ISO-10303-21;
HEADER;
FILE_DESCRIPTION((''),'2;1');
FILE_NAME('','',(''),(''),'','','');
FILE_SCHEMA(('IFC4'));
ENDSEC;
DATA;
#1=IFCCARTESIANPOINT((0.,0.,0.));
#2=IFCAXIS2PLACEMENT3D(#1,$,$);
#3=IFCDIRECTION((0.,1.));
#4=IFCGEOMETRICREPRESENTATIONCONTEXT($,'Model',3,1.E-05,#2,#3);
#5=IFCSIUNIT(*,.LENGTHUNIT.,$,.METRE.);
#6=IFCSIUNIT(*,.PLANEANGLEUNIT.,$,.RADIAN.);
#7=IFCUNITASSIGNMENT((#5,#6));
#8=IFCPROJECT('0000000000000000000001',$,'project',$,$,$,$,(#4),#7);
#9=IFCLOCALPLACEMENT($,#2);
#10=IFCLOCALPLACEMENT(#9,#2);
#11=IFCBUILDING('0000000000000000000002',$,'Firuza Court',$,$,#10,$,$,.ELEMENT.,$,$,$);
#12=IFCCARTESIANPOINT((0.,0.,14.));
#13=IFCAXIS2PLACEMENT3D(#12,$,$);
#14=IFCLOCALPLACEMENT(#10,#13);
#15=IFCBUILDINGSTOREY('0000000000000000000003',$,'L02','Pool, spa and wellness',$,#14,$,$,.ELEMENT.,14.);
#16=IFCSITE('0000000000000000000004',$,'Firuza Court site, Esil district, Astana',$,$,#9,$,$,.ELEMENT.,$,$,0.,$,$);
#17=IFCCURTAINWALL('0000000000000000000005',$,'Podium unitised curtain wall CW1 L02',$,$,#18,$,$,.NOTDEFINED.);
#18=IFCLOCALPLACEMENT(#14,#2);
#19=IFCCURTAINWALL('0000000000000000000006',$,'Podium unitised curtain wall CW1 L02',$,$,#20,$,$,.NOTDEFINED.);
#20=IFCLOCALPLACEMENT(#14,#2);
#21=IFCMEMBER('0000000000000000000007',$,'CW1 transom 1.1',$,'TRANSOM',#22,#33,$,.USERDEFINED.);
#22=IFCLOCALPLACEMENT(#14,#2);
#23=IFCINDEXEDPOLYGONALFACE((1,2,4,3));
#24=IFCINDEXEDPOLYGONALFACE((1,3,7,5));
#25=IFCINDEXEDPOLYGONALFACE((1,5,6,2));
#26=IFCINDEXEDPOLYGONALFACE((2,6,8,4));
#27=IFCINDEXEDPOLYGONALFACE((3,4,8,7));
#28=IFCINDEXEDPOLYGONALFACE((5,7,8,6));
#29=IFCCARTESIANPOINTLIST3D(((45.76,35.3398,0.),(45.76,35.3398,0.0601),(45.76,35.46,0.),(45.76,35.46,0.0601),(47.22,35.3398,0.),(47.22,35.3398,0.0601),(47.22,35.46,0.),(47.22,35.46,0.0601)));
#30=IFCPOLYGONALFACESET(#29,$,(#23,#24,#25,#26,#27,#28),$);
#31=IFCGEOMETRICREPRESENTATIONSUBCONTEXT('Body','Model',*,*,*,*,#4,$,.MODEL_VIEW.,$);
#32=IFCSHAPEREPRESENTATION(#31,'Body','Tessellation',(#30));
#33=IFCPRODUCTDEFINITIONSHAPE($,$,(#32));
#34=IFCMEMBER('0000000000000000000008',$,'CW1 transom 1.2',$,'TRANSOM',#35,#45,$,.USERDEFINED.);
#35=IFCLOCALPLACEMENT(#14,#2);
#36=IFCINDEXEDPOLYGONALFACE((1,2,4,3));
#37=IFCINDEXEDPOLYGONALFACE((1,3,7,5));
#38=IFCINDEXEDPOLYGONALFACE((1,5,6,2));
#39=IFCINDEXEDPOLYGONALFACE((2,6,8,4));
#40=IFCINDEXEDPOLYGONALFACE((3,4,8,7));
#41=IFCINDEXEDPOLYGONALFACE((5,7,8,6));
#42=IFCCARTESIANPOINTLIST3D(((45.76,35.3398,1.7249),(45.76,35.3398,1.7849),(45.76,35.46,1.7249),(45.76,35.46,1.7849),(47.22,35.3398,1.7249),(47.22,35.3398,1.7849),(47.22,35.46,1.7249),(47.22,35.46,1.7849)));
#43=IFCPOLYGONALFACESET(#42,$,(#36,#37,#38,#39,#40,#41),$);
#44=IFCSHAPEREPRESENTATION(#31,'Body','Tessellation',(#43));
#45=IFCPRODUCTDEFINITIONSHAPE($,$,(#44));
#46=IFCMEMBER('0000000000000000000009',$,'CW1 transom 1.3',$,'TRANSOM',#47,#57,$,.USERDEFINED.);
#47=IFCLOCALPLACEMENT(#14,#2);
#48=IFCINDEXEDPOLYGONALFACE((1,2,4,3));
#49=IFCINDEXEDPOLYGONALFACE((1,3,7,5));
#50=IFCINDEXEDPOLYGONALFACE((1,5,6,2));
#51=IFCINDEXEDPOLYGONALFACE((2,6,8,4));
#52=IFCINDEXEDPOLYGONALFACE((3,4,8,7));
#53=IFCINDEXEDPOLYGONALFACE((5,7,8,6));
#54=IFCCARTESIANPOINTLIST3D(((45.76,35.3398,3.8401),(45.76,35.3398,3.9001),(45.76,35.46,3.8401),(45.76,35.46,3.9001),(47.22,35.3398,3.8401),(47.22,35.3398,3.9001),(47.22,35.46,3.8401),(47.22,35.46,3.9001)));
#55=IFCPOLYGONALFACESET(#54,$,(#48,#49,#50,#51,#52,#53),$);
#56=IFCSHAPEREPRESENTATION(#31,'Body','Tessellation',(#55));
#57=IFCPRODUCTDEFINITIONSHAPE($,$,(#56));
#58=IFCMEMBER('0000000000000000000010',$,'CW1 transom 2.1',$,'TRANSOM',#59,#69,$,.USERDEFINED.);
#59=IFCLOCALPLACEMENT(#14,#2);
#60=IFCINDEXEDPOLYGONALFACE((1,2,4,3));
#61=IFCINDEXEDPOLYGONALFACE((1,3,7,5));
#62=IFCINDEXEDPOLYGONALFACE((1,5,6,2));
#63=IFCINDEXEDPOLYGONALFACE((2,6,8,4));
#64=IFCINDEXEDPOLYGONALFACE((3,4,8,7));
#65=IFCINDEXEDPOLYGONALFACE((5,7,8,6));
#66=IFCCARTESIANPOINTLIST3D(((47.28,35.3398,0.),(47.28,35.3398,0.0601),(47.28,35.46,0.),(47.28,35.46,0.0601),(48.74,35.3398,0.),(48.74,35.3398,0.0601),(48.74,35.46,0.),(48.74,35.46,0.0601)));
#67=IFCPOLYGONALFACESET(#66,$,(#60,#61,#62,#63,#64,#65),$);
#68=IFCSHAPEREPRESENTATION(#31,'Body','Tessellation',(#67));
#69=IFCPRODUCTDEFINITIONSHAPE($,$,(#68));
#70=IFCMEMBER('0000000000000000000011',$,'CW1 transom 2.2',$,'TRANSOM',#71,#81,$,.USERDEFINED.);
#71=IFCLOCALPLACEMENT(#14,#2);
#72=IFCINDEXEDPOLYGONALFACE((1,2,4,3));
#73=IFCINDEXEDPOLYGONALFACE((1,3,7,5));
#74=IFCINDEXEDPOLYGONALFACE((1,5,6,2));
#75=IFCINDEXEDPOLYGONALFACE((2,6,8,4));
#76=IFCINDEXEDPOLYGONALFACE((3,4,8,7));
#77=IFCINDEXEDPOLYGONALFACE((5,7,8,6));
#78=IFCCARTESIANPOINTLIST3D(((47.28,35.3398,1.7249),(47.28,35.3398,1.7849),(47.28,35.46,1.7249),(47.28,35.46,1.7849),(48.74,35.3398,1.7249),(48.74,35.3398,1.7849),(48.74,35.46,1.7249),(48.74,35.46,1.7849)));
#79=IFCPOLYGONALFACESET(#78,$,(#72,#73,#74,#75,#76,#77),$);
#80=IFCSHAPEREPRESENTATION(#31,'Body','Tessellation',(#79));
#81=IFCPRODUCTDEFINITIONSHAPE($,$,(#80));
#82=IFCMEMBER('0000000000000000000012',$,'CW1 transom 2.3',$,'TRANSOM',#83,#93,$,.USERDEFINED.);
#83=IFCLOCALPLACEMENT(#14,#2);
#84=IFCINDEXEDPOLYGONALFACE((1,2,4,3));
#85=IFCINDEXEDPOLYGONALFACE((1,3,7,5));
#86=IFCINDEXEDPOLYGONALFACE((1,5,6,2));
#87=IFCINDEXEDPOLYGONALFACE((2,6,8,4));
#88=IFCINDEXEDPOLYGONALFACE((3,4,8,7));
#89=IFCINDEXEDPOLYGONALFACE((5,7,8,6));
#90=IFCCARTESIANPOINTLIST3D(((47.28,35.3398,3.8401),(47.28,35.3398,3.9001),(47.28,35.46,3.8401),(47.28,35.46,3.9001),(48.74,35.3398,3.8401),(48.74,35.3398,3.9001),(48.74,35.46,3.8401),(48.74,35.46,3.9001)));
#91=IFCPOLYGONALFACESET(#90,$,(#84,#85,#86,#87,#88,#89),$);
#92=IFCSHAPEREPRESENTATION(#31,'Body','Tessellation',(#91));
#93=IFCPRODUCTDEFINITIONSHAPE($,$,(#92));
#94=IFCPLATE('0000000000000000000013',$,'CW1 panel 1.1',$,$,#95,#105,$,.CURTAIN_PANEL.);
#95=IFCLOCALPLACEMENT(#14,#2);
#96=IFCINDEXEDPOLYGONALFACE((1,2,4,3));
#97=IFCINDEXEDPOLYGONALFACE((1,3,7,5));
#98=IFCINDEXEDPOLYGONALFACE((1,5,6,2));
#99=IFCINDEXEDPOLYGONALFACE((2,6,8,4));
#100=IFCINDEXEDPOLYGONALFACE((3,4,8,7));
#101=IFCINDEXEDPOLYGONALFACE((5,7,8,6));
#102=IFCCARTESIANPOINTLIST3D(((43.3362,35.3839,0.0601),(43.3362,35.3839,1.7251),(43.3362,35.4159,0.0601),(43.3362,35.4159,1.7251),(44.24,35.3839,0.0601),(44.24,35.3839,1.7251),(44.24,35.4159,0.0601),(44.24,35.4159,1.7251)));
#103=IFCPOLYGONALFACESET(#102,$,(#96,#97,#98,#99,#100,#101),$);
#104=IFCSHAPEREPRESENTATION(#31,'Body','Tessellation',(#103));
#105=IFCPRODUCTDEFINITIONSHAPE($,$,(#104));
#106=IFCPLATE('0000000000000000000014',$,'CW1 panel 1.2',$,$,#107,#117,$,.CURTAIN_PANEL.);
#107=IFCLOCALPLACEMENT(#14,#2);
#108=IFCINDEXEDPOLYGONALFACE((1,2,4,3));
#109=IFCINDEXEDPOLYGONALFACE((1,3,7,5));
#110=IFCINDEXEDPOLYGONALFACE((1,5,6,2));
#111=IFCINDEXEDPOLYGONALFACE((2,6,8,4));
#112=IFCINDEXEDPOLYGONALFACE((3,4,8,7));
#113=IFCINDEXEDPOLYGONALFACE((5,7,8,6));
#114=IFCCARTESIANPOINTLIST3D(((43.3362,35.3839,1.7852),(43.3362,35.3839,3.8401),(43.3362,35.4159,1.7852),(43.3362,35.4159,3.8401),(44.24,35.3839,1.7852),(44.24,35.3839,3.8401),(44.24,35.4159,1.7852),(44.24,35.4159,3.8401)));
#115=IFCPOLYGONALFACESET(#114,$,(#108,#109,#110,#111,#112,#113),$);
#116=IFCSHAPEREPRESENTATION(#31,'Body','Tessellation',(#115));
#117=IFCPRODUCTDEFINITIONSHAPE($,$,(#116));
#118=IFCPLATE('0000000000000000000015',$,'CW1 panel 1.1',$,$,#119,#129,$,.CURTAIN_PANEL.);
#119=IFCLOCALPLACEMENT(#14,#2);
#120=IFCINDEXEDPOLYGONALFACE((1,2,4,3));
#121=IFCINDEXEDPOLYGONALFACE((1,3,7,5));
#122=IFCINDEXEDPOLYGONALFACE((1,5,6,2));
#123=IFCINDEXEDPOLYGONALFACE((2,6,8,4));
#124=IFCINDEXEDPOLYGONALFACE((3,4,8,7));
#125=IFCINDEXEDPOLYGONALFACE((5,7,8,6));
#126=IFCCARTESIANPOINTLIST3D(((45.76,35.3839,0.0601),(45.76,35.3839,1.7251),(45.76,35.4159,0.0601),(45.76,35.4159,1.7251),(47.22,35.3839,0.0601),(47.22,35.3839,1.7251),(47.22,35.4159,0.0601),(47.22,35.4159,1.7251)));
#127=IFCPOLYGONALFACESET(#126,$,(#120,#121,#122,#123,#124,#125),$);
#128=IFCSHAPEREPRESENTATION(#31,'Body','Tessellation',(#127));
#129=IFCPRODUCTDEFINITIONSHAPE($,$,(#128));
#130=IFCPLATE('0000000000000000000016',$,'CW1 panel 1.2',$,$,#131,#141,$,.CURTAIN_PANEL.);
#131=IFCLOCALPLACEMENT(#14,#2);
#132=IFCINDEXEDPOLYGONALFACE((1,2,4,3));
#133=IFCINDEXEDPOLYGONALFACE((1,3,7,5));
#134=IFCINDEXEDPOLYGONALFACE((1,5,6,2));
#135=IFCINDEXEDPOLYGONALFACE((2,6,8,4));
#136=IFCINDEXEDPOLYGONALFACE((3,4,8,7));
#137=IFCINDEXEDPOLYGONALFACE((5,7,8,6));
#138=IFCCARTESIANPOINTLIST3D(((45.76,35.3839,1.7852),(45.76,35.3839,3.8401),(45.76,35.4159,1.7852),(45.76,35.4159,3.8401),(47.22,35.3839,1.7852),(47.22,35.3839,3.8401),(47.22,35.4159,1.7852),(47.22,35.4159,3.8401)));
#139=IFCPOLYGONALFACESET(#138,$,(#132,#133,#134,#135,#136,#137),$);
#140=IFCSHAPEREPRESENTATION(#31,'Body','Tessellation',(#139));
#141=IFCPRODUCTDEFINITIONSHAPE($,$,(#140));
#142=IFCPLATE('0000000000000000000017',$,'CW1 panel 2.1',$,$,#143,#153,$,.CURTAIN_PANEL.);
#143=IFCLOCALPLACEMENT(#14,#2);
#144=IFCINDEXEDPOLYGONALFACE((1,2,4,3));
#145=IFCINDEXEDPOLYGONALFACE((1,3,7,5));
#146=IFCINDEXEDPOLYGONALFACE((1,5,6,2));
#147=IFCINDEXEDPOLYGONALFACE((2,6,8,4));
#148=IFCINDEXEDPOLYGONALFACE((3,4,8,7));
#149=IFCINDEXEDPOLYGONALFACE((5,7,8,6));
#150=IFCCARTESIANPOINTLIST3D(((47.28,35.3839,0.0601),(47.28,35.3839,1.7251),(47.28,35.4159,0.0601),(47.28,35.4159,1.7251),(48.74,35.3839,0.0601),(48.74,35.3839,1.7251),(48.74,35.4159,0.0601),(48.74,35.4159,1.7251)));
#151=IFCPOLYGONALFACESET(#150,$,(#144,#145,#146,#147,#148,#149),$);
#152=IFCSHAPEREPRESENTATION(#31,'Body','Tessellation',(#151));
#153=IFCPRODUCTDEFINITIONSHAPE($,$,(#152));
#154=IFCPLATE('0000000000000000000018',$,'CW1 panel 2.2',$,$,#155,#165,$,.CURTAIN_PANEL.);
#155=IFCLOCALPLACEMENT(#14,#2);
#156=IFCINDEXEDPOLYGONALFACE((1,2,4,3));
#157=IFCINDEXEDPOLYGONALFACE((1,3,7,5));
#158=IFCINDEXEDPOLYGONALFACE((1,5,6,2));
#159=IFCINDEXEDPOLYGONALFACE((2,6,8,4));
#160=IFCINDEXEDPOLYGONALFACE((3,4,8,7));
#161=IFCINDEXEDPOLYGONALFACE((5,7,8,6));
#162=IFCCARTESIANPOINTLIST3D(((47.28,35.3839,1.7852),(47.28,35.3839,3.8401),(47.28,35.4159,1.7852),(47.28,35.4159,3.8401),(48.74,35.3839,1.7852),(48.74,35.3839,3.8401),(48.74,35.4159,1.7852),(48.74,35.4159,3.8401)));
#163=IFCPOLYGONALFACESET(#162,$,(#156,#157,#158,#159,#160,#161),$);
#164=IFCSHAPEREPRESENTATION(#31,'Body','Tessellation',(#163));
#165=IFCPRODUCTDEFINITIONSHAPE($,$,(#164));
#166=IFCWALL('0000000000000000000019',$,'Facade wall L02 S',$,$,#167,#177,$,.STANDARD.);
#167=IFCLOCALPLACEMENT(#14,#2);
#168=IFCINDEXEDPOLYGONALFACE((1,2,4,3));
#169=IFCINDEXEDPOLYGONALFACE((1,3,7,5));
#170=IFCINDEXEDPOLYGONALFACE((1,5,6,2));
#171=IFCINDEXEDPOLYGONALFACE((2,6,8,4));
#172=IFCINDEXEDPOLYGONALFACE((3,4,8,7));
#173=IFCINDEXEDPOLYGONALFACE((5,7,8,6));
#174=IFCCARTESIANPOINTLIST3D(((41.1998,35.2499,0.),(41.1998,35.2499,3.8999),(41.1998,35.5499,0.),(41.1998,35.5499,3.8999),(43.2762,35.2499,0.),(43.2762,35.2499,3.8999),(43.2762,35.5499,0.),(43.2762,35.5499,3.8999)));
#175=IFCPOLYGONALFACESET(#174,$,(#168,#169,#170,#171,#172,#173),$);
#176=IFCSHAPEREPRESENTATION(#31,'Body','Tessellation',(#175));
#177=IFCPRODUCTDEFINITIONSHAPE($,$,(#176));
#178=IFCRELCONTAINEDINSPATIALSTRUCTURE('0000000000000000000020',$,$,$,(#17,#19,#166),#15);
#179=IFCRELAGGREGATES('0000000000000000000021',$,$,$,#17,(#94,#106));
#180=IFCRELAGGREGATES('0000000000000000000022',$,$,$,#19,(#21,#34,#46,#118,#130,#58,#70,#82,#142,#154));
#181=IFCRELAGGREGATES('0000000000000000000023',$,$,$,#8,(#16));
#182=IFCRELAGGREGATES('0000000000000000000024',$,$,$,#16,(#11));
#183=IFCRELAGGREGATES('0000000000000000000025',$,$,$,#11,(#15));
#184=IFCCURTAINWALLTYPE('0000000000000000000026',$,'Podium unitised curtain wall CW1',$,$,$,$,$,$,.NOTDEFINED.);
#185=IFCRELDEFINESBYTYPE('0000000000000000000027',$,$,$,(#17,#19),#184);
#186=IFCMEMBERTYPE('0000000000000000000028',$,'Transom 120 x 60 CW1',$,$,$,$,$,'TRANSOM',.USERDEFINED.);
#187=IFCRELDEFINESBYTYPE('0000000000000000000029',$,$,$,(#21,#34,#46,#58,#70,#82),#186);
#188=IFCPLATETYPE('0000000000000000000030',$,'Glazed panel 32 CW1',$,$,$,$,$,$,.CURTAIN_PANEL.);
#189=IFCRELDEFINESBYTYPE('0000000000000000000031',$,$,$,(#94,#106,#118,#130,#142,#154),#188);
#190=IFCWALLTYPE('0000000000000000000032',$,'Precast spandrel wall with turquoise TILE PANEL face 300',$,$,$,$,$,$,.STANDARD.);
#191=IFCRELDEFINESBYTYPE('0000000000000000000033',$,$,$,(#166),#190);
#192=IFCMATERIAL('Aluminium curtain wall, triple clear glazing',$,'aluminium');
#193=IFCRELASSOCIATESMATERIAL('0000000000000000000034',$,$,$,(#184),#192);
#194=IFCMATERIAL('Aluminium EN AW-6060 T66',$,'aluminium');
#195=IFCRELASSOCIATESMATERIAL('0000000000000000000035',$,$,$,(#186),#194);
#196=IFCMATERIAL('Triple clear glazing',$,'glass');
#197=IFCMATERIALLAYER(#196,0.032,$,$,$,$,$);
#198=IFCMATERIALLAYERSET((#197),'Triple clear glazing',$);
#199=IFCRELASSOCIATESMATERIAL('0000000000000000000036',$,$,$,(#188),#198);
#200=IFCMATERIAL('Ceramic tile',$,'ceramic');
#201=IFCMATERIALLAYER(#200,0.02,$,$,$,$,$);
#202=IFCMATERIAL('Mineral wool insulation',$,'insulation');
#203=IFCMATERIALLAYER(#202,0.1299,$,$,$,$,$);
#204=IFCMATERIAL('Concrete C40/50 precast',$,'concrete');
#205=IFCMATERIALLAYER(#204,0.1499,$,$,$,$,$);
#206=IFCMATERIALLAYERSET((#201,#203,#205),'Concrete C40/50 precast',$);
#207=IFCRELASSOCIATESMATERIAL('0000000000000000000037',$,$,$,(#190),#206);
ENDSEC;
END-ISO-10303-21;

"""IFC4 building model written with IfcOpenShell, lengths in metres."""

from ifc_helpers import new_model, si_unit, direction, frame, frame_2d, origin, origin_2d, place, context, subcontext, project, spatial, rectangle, extrude, material, layer, layer_set, material_profile, profile_set, type_object, element, aggregate, save


model = new_model("IFC4")

# Units and contexts
model_context = context("Model", 3, precision=1e-05, world=origin(), true_north=direction((0.0, 1.0)))
body_context = subcontext(model_context, "Body", "Model", "MODEL_VIEW")
ifc_project = project(units=[si_unit("LENGTHUNIT", "METRE"), si_unit("PLANEANGLEUNIT", "RADIAN")], contexts=[model_context])

# Site, building, storey
site_placement = place(None, origin())
site = spatial("IfcSite", under=ifc_project, at=site_placement, Name="Firuza Court site, Esil district, Astana", CompositionType="ELEMENT", RefElevation=0.0)
building_placement = place(site_placement, origin())
building = spatial("IfcBuilding", under=site, at=building_placement, Name="Firuza Court", CompositionType="ELEMENT")
storey_placement = place(building_placement, frame((0.0, 0.0, 14.0)))
storey = spatial("IfcBuildingStorey", under=building, at=storey_placement, Name="L02", Description="Pool, spa and wellness", CompositionType="ELEMENT", Elevation=14.0)

# Curtain walls
ifc_material_1 = material(Name="Aluminium curtain wall, triple clear glazing", Category="aluminium")
curtain_wall_type = type_object("IfcCurtainWallType", Name="Podium unitised curtain wall CW1", PredefinedType="NOTDEFINED", material=ifc_material_1)
curtain_wall_1_placement = place(storey_placement, origin())
curtain_wall_1 = element("IfcCurtainWall", 1, at=curtain_wall_1_placement, inside=storey, type_object=curtain_wall_type, Name="Podium unitised curtain wall CW1 L02", PredefinedType="NOTDEFINED")
curtain_wall_2_placement = place(storey_placement, origin())
curtain_wall_2 = element("IfcCurtainWall", 2, at=curtain_wall_2_placement, inside=storey, type_object=curtain_wall_type, Name="Podium unitised curtain wall CW1 L02", PredefinedType="NOTDEFINED")

# Members
ifc_material_2 = material(Name="Aluminium EN AW-6060 T66", Category="aluminium")
ifc_material_profile_1 = material_profile(ifc_material_2, rectangle(XDim=0.1201, YDim=0.0601, at=origin_2d()), Name="Transom 120 x 60 CW1")
ifc_profile_set_1 = profile_set([ifc_material_profile_1], Name="Aluminium EN AW-6060 T66")
member_type_1 = type_object("IfcMemberType", Name="Transom 120 x 60 CW1", ElementType="TRANSOM", PredefinedType="USERDEFINED", material=ifc_profile_set_1)
member_1_placement = place(storey_placement, frame((45.76, 35.3999, 0.03), z_axis=(1.0, 0.0, 0.0), x_axis=(0.0, 1.0, 0.0)))
member_1 = element("IfcMember", 3, at=member_1_placement, type_object=member_type_1, Name="CW1 transom 1.1", ObjectType="TRANSOM", PredefinedType="USERDEFINED", context=body_context, shape_type="SweptSolid", body=[
    extrude(rectangle(XDim=0.1201, YDim=0.0601, at=origin_2d()), origin(), (0.0, 0.0, 1.0), 1.46),
])
member_2_placement = place(storey_placement, frame((45.76, 35.3999, 1.7549), z_axis=(1.0, 0.0, 0.0), x_axis=(0.0, 1.0, 0.0)))
member_2 = element("IfcMember", 4, at=member_2_placement, type_object=member_type_1, Name="CW1 transom 1.2", ObjectType="TRANSOM", PredefinedType="USERDEFINED", context=body_context, shape_type="SweptSolid", body=[
    extrude(rectangle(XDim=0.1201, YDim=0.0601, at=origin_2d()), origin(), (0.0, 0.0, 1.0), 1.46),
])
member_3_placement = place(storey_placement, frame((45.76, 35.3999, 3.8701), z_axis=(1.0, 0.0, 0.0), x_axis=(0.0, 1.0, 0.0)))
member_3 = element("IfcMember", 5, at=member_3_placement, type_object=member_type_1, Name="CW1 transom 1.3", ObjectType="TRANSOM", PredefinedType="USERDEFINED", context=body_context, shape_type="SweptSolid", body=[
    extrude(rectangle(XDim=0.1201, YDim=0.0601, at=origin_2d()), origin(), (0.0, 0.0, 1.0), 1.46),
])
member_4_placement = place(storey_placement, frame((47.28, 35.3999, 0.03), z_axis=(1.0, 0.0, 0.0), x_axis=(0.0, 1.0, 0.0)))
member_4 = element("IfcMember", 6, at=member_4_placement, type_object=member_type_1, Name="CW1 transom 2.1", ObjectType="TRANSOM", PredefinedType="USERDEFINED", context=body_context, shape_type="SweptSolid", body=[
    extrude(rectangle(XDim=0.1201, YDim=0.0601, at=origin_2d()), origin(), (0.0, 0.0, 1.0), 1.46),
])
member_5_placement = place(storey_placement, frame((47.28, 35.3999, 1.7549), z_axis=(1.0, 0.0, 0.0), x_axis=(0.0, 1.0, 0.0)))
member_5 = element("IfcMember", 7, at=member_5_placement, type_object=member_type_1, Name="CW1 transom 2.2", ObjectType="TRANSOM", PredefinedType="USERDEFINED", context=body_context, shape_type="SweptSolid", body=[
    extrude(rectangle(XDim=0.1201, YDim=0.0601, at=origin_2d()), origin(), (0.0, 0.0, 1.0), 1.46),
])
member_6_placement = place(storey_placement, frame((47.28, 35.3999, 3.8701), z_axis=(1.0, 0.0, 0.0), x_axis=(0.0, 1.0, 0.0)))
member_6 = element("IfcMember", 8, at=member_6_placement, type_object=member_type_1, Name="CW1 transom 2.3", ObjectType="TRANSOM", PredefinedType="USERDEFINED", context=body_context, shape_type="SweptSolid", body=[
    extrude(rectangle(XDim=0.1201, YDim=0.0601, at=origin_2d()), origin(), (0.0, 0.0, 1.0), 1.46),
])

# Plates
ifc_material_3 = material(Name="Triple clear glazing", Category="glass")
ifc_layer_1 = layer(ifc_material_3, 0.032)
ifc_layer_set_1 = layer_set([ifc_layer_1], Name="Triple clear glazing")
plate_type = type_object("IfcPlateType", Name="Glazed panel 32 CW1", PredefinedType="CURTAIN_PANEL", material=ifc_layer_set_1)
plate_1_placement = place(storey_placement, frame((43.7881, 35.3999, 0.0601), z_axis=(0.0, 0.0, 1.0), x_axis=(1.0, 0.0, 0.0)))
plate_1 = element("IfcPlate", 9, at=plate_1_placement, type_object=plate_type, Name="CW1 panel 1.1", PredefinedType="CURTAIN_PANEL", context=body_context, shape_type="SweptSolid", body=[
    extrude(rectangle(XDim=0.9038, YDim=0.032, at=origin_2d()), origin(), (0.0, 0.0, 1.0), 1.665),
])
plate_2_placement = place(storey_placement, frame((43.7881, 35.3999, 1.7852), z_axis=(0.0, 0.0, 1.0), x_axis=(1.0, 0.0, 0.0)))
plate_2 = element("IfcPlate", 10, at=plate_2_placement, type_object=plate_type, Name="CW1 panel 1.2", PredefinedType="CURTAIN_PANEL", context=body_context, shape_type="SweptSolid", body=[
    extrude(rectangle(XDim=0.9038, YDim=0.032, at=origin_2d()), origin(), (0.0, 0.0, 1.0), 2.0549),
])
aggregate(curtain_wall_1, [plate_1, plate_2])
plate_3_placement = place(storey_placement, frame((46.49, 35.3999, 0.0601), z_axis=(0.0, 0.0, 1.0), x_axis=(1.0, 0.0, 0.0)))
plate_3 = element("IfcPlate", 11, at=plate_3_placement, type_object=plate_type, Name="CW1 panel 1.1", PredefinedType="CURTAIN_PANEL", context=body_context, shape_type="SweptSolid", body=[
    extrude(rectangle(XDim=1.46, YDim=0.032, at=origin_2d()), origin(), (0.0, 0.0, 1.0), 1.665),
])
plate_4_placement = place(storey_placement, frame((46.49, 35.3999, 1.7852), z_axis=(0.0, 0.0, 1.0), x_axis=(1.0, 0.0, 0.0)))
plate_4 = element("IfcPlate", 12, at=plate_4_placement, type_object=plate_type, Name="CW1 panel 1.2", PredefinedType="CURTAIN_PANEL", context=body_context, shape_type="SweptSolid", body=[
    extrude(rectangle(XDim=1.46, YDim=0.032, at=origin_2d()), origin(), (0.0, 0.0, 1.0), 2.0549),
])
plate_5_placement = place(storey_placement, frame((48.01, 35.3999, 0.0601), z_axis=(0.0, 0.0, 1.0), x_axis=(1.0, 0.0, 0.0)))
plate_5 = element("IfcPlate", 13, at=plate_5_placement, type_object=plate_type, Name="CW1 panel 2.1", PredefinedType="CURTAIN_PANEL", context=body_context, shape_type="SweptSolid", body=[
    extrude(rectangle(XDim=1.46, YDim=0.032, at=origin_2d()), origin(), (0.0, 0.0, 1.0), 1.665),
])
plate_6_placement = place(storey_placement, frame((48.01, 35.3999, 1.7852), z_axis=(0.0, 0.0, 1.0), x_axis=(1.0, 0.0, 0.0)))
plate_6 = element("IfcPlate", 14, at=plate_6_placement, type_object=plate_type, Name="CW1 panel 2.2", PredefinedType="CURTAIN_PANEL", context=body_context, shape_type="SweptSolid", body=[
    extrude(rectangle(XDim=1.46, YDim=0.032, at=origin_2d()), origin(), (0.0, 0.0, 1.0), 2.0549),
])
aggregate(curtain_wall_2, [member_1, member_2, member_3, plate_3, plate_4, member_4, member_5, member_6, plate_5, plate_6])

# Wall
ifc_material_4 = material(Name="Ceramic tile", Category="ceramic")
ifc_layer_2 = layer(ifc_material_4, 0.02)
ifc_material_5 = material(Name="Mineral wool insulation", Category="insulation")
ifc_layer_3 = layer(ifc_material_5, 0.1299)
ifc_material_6 = material(Name="Concrete C40/50 precast", Category="concrete")
ifc_layer_4 = layer(ifc_material_6, 0.1499)
ifc_layer_set_2 = layer_set([ifc_layer_2, ifc_layer_3, ifc_layer_4], Name="Concrete C40/50 precast")
wall_type = type_object("IfcWallType", Name="Precast spandrel wall with turquoise TILE PANEL face 300", PredefinedType="STANDARD", material=ifc_layer_set_2)
wall_placement = place(storey_placement, frame((41.2, 35.3999, 0.0), z_axis=(0.0, 0.0, 1.0), x_axis=(1.0, 0.0, 0.0)))
element("IfcWall", 15, at=wall_placement, inside=storey, type_object=wall_type, Name="Facade wall L02 S", PredefinedType="STANDARD", context=body_context, shape_type="SweptSolid", body=[
    extrude(rectangle(XDim=2.0764, YDim=0.3, at=frame_2d((1.0381, 0.0))), origin(), (0.0, 0.0, 1.0), 3.8999),
])

save(model, "model.ifc")
